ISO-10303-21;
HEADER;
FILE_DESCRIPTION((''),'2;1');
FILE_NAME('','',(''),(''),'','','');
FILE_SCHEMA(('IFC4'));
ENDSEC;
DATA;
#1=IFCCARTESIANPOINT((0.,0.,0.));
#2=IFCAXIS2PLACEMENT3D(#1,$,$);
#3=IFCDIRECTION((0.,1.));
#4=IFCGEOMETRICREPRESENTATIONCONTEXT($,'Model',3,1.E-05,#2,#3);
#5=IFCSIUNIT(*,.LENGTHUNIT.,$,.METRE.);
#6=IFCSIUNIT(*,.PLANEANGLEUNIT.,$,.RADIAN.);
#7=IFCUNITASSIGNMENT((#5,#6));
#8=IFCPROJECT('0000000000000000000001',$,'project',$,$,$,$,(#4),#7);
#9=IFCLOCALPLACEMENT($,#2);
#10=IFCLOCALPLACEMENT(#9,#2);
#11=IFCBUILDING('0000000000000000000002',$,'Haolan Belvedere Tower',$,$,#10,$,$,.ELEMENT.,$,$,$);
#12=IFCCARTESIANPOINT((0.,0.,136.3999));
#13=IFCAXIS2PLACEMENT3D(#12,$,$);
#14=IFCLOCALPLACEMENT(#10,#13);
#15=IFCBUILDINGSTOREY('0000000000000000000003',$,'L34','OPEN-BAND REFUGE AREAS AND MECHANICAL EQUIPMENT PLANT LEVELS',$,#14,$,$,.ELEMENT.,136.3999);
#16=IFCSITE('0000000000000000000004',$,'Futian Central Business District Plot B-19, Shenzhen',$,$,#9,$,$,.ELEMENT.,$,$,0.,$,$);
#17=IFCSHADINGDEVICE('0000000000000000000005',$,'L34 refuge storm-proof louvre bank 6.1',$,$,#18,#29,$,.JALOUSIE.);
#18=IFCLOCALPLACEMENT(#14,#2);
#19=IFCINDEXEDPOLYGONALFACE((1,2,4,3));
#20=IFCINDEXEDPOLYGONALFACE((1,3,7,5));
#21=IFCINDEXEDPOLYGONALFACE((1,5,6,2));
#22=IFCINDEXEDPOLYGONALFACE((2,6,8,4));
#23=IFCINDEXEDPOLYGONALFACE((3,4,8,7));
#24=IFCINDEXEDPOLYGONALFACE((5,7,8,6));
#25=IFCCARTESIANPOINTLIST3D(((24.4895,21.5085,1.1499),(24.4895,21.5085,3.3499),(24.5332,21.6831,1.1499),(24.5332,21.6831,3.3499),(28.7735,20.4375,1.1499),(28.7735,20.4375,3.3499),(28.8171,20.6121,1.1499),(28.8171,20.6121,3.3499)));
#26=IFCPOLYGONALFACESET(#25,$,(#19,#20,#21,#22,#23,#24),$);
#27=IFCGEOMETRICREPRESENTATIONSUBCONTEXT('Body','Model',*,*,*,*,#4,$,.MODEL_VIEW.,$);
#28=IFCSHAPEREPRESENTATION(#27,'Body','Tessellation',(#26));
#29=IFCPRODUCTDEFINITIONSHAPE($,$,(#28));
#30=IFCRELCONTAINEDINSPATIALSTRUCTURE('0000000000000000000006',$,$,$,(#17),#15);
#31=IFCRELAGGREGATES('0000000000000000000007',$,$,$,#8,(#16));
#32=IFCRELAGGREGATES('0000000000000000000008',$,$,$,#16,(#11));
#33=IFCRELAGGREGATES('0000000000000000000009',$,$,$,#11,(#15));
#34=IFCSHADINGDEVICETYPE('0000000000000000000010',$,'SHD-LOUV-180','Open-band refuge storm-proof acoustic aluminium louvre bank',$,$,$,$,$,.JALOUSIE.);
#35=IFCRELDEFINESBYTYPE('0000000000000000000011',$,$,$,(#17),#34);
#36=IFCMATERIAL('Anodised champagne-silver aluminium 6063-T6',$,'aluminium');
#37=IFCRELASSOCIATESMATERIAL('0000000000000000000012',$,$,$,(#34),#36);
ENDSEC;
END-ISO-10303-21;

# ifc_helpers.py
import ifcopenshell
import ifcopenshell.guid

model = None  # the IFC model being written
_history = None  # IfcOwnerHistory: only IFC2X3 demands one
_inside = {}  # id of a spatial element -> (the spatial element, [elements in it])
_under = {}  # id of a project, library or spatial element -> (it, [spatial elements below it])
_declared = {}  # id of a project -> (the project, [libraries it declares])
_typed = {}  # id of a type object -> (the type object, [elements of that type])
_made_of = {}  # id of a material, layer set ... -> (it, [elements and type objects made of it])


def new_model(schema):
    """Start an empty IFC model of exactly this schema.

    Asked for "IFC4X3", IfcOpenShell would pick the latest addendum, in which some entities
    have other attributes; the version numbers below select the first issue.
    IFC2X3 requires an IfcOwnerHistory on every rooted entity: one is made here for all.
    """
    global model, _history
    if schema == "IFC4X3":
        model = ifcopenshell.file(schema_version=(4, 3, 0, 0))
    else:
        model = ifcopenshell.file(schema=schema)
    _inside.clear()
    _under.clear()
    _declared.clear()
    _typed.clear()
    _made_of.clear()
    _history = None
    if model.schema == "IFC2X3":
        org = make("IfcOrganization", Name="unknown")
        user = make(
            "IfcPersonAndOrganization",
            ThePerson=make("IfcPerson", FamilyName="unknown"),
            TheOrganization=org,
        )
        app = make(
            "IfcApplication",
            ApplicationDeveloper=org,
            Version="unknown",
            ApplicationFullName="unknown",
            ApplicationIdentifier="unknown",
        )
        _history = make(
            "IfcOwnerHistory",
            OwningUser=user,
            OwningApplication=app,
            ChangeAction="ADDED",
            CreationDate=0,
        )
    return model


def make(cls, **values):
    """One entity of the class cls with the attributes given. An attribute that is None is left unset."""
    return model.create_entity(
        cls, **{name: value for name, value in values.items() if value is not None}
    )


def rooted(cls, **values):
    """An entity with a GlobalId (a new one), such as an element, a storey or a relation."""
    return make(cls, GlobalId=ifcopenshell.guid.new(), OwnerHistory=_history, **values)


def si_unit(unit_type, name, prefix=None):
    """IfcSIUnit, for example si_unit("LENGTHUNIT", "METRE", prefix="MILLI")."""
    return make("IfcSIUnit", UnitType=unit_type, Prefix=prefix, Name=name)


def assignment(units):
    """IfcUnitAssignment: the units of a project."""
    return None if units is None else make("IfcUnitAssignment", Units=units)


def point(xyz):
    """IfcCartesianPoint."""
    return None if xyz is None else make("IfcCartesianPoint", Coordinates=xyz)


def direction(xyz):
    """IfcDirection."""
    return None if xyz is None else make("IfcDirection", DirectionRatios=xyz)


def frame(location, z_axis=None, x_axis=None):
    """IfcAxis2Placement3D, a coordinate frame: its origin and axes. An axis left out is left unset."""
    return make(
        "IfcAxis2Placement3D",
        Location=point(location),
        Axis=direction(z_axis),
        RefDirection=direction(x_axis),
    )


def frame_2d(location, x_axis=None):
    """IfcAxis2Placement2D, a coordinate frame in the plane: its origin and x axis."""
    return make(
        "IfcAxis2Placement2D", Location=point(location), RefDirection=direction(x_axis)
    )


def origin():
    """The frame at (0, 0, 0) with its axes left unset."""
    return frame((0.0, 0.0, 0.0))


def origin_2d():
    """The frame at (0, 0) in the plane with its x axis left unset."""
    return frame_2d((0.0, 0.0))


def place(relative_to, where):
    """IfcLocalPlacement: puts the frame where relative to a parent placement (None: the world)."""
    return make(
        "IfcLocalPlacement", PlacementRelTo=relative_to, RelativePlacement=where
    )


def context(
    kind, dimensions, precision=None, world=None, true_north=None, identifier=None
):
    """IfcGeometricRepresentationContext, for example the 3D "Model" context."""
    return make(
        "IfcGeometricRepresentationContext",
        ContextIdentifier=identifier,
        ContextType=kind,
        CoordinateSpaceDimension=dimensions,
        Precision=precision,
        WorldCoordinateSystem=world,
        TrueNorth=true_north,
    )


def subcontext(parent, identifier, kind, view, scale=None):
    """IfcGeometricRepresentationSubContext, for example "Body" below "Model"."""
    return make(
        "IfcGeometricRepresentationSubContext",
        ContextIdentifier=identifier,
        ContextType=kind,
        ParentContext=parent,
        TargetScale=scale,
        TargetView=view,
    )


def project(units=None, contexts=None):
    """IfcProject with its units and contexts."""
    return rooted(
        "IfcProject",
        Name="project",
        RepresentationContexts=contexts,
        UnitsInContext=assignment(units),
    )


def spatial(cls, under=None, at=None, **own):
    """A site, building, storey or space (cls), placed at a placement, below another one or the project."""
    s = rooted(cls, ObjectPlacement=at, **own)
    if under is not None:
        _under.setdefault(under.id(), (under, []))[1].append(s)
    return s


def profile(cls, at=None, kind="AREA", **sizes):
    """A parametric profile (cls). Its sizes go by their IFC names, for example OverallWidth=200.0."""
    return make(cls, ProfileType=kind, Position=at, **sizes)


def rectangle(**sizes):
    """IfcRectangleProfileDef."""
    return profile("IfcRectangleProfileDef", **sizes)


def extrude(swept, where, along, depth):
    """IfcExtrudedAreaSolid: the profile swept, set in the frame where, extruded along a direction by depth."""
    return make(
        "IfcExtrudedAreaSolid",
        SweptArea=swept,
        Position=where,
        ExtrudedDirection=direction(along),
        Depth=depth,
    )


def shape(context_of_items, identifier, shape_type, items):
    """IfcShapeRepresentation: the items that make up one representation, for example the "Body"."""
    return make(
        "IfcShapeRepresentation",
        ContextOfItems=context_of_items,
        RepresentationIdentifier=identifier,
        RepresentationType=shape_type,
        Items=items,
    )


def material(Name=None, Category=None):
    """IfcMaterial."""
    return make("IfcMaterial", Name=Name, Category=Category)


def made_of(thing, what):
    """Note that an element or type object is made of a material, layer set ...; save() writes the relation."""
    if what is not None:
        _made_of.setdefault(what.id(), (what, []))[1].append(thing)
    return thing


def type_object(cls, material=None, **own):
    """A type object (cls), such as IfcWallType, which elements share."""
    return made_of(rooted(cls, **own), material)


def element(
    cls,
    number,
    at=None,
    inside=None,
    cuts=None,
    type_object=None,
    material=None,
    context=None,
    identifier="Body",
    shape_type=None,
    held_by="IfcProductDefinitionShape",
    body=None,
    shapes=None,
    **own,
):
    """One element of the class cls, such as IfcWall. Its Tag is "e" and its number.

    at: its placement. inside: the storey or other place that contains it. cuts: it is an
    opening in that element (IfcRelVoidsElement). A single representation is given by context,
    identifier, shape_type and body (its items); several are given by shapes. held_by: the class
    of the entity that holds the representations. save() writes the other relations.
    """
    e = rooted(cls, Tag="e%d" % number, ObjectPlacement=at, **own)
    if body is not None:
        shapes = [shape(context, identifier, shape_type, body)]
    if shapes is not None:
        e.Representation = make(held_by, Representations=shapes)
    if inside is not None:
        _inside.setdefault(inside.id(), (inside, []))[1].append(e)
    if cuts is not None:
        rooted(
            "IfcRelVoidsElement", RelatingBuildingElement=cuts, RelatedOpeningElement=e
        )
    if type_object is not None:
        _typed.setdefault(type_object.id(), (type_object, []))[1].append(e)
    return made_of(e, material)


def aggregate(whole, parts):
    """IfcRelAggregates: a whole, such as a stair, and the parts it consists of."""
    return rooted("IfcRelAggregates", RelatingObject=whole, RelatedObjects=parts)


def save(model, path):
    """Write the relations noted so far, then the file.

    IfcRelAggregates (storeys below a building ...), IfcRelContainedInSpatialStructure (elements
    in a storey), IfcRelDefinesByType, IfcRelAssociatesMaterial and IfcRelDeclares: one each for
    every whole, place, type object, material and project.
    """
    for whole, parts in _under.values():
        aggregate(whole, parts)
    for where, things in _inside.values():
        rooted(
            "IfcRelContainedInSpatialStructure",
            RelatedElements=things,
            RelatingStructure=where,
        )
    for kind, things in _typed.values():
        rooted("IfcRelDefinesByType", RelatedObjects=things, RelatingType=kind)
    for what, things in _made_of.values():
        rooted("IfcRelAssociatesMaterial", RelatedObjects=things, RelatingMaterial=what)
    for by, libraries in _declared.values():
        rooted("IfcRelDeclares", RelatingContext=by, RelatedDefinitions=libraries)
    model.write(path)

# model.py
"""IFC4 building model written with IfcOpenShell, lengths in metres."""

from ifc_helpers import new_model, si_unit, direction, frame, origin, origin_2d, place, context, subcontext, project, spatial, rectangle, extrude, material, type_object, element, save


model = new_model("IFC4")

# Units and contexts
model_context = context("Model", 3, precision=1e-05, world=origin(), true_north=direction((0.0, 1.0)))
body_context = subcontext(model_context, "Body", "Model", "MODEL_VIEW")
ifc_project = project(units=[si_unit("LENGTHUNIT", "METRE"), si_unit("PLANEANGLEUNIT", "RADIAN")], contexts=[model_context])

# Site, building, storey
site_placement = place(None, origin())
site = spatial("IfcSite", under=ifc_project, at=site_placement, Name="Futian Central Business District Plot B-19, Shenzhen", CompositionType="ELEMENT", RefElevation=0.0)
building_placement = place(site_placement, origin())
building = spatial("IfcBuilding", under=site, at=building_placement, Name="Haolan Belvedere Tower", CompositionType="ELEMENT")
storey_placement = place(building_placement, frame((0.0, 0.0, 136.3999)))
storey = spatial("IfcBuildingStorey", under=building, at=storey_placement, Name="L34", Description="OPEN-BAND REFUGE AREAS AND MECHANICAL EQUIPMENT PLANT LEVELS", CompositionType="ELEMENT", Elevation=136.3999)

# Shading device
ifc_material_1 = material(Name="Anodised champagne-silver aluminium 6063-T6", Category="aluminium")
shading_device_type = type_object("IfcShadingDeviceType", Name="SHD-LOUV-180", Description="Open-band refuge storm-proof acoustic aluminium louvre bank", PredefinedType="JALOUSIE", material=ifc_material_1)
shading_device_placement = place(storey_placement, frame((26.6533, 21.0603, 1.1499), z_axis=(0.0, 0.0, 1.0), x_axis=(0.970144, -0.242532, 0.0)))
element("IfcShadingDevice", 1, at=shading_device_placement, inside=storey, type_object=shading_device_type, Name="L34 refuge storm-proof louvre bank 6.1", PredefinedType="JALOUSIE", context=body_context, shape_type="SweptSolid", body=[
    extrude(rectangle(XDim=4.4158, YDim=0.1799, at=origin_2d()), origin(), (0.0, 0.0, 1.0), 2.2),
])

save(model, "model.ifc")
